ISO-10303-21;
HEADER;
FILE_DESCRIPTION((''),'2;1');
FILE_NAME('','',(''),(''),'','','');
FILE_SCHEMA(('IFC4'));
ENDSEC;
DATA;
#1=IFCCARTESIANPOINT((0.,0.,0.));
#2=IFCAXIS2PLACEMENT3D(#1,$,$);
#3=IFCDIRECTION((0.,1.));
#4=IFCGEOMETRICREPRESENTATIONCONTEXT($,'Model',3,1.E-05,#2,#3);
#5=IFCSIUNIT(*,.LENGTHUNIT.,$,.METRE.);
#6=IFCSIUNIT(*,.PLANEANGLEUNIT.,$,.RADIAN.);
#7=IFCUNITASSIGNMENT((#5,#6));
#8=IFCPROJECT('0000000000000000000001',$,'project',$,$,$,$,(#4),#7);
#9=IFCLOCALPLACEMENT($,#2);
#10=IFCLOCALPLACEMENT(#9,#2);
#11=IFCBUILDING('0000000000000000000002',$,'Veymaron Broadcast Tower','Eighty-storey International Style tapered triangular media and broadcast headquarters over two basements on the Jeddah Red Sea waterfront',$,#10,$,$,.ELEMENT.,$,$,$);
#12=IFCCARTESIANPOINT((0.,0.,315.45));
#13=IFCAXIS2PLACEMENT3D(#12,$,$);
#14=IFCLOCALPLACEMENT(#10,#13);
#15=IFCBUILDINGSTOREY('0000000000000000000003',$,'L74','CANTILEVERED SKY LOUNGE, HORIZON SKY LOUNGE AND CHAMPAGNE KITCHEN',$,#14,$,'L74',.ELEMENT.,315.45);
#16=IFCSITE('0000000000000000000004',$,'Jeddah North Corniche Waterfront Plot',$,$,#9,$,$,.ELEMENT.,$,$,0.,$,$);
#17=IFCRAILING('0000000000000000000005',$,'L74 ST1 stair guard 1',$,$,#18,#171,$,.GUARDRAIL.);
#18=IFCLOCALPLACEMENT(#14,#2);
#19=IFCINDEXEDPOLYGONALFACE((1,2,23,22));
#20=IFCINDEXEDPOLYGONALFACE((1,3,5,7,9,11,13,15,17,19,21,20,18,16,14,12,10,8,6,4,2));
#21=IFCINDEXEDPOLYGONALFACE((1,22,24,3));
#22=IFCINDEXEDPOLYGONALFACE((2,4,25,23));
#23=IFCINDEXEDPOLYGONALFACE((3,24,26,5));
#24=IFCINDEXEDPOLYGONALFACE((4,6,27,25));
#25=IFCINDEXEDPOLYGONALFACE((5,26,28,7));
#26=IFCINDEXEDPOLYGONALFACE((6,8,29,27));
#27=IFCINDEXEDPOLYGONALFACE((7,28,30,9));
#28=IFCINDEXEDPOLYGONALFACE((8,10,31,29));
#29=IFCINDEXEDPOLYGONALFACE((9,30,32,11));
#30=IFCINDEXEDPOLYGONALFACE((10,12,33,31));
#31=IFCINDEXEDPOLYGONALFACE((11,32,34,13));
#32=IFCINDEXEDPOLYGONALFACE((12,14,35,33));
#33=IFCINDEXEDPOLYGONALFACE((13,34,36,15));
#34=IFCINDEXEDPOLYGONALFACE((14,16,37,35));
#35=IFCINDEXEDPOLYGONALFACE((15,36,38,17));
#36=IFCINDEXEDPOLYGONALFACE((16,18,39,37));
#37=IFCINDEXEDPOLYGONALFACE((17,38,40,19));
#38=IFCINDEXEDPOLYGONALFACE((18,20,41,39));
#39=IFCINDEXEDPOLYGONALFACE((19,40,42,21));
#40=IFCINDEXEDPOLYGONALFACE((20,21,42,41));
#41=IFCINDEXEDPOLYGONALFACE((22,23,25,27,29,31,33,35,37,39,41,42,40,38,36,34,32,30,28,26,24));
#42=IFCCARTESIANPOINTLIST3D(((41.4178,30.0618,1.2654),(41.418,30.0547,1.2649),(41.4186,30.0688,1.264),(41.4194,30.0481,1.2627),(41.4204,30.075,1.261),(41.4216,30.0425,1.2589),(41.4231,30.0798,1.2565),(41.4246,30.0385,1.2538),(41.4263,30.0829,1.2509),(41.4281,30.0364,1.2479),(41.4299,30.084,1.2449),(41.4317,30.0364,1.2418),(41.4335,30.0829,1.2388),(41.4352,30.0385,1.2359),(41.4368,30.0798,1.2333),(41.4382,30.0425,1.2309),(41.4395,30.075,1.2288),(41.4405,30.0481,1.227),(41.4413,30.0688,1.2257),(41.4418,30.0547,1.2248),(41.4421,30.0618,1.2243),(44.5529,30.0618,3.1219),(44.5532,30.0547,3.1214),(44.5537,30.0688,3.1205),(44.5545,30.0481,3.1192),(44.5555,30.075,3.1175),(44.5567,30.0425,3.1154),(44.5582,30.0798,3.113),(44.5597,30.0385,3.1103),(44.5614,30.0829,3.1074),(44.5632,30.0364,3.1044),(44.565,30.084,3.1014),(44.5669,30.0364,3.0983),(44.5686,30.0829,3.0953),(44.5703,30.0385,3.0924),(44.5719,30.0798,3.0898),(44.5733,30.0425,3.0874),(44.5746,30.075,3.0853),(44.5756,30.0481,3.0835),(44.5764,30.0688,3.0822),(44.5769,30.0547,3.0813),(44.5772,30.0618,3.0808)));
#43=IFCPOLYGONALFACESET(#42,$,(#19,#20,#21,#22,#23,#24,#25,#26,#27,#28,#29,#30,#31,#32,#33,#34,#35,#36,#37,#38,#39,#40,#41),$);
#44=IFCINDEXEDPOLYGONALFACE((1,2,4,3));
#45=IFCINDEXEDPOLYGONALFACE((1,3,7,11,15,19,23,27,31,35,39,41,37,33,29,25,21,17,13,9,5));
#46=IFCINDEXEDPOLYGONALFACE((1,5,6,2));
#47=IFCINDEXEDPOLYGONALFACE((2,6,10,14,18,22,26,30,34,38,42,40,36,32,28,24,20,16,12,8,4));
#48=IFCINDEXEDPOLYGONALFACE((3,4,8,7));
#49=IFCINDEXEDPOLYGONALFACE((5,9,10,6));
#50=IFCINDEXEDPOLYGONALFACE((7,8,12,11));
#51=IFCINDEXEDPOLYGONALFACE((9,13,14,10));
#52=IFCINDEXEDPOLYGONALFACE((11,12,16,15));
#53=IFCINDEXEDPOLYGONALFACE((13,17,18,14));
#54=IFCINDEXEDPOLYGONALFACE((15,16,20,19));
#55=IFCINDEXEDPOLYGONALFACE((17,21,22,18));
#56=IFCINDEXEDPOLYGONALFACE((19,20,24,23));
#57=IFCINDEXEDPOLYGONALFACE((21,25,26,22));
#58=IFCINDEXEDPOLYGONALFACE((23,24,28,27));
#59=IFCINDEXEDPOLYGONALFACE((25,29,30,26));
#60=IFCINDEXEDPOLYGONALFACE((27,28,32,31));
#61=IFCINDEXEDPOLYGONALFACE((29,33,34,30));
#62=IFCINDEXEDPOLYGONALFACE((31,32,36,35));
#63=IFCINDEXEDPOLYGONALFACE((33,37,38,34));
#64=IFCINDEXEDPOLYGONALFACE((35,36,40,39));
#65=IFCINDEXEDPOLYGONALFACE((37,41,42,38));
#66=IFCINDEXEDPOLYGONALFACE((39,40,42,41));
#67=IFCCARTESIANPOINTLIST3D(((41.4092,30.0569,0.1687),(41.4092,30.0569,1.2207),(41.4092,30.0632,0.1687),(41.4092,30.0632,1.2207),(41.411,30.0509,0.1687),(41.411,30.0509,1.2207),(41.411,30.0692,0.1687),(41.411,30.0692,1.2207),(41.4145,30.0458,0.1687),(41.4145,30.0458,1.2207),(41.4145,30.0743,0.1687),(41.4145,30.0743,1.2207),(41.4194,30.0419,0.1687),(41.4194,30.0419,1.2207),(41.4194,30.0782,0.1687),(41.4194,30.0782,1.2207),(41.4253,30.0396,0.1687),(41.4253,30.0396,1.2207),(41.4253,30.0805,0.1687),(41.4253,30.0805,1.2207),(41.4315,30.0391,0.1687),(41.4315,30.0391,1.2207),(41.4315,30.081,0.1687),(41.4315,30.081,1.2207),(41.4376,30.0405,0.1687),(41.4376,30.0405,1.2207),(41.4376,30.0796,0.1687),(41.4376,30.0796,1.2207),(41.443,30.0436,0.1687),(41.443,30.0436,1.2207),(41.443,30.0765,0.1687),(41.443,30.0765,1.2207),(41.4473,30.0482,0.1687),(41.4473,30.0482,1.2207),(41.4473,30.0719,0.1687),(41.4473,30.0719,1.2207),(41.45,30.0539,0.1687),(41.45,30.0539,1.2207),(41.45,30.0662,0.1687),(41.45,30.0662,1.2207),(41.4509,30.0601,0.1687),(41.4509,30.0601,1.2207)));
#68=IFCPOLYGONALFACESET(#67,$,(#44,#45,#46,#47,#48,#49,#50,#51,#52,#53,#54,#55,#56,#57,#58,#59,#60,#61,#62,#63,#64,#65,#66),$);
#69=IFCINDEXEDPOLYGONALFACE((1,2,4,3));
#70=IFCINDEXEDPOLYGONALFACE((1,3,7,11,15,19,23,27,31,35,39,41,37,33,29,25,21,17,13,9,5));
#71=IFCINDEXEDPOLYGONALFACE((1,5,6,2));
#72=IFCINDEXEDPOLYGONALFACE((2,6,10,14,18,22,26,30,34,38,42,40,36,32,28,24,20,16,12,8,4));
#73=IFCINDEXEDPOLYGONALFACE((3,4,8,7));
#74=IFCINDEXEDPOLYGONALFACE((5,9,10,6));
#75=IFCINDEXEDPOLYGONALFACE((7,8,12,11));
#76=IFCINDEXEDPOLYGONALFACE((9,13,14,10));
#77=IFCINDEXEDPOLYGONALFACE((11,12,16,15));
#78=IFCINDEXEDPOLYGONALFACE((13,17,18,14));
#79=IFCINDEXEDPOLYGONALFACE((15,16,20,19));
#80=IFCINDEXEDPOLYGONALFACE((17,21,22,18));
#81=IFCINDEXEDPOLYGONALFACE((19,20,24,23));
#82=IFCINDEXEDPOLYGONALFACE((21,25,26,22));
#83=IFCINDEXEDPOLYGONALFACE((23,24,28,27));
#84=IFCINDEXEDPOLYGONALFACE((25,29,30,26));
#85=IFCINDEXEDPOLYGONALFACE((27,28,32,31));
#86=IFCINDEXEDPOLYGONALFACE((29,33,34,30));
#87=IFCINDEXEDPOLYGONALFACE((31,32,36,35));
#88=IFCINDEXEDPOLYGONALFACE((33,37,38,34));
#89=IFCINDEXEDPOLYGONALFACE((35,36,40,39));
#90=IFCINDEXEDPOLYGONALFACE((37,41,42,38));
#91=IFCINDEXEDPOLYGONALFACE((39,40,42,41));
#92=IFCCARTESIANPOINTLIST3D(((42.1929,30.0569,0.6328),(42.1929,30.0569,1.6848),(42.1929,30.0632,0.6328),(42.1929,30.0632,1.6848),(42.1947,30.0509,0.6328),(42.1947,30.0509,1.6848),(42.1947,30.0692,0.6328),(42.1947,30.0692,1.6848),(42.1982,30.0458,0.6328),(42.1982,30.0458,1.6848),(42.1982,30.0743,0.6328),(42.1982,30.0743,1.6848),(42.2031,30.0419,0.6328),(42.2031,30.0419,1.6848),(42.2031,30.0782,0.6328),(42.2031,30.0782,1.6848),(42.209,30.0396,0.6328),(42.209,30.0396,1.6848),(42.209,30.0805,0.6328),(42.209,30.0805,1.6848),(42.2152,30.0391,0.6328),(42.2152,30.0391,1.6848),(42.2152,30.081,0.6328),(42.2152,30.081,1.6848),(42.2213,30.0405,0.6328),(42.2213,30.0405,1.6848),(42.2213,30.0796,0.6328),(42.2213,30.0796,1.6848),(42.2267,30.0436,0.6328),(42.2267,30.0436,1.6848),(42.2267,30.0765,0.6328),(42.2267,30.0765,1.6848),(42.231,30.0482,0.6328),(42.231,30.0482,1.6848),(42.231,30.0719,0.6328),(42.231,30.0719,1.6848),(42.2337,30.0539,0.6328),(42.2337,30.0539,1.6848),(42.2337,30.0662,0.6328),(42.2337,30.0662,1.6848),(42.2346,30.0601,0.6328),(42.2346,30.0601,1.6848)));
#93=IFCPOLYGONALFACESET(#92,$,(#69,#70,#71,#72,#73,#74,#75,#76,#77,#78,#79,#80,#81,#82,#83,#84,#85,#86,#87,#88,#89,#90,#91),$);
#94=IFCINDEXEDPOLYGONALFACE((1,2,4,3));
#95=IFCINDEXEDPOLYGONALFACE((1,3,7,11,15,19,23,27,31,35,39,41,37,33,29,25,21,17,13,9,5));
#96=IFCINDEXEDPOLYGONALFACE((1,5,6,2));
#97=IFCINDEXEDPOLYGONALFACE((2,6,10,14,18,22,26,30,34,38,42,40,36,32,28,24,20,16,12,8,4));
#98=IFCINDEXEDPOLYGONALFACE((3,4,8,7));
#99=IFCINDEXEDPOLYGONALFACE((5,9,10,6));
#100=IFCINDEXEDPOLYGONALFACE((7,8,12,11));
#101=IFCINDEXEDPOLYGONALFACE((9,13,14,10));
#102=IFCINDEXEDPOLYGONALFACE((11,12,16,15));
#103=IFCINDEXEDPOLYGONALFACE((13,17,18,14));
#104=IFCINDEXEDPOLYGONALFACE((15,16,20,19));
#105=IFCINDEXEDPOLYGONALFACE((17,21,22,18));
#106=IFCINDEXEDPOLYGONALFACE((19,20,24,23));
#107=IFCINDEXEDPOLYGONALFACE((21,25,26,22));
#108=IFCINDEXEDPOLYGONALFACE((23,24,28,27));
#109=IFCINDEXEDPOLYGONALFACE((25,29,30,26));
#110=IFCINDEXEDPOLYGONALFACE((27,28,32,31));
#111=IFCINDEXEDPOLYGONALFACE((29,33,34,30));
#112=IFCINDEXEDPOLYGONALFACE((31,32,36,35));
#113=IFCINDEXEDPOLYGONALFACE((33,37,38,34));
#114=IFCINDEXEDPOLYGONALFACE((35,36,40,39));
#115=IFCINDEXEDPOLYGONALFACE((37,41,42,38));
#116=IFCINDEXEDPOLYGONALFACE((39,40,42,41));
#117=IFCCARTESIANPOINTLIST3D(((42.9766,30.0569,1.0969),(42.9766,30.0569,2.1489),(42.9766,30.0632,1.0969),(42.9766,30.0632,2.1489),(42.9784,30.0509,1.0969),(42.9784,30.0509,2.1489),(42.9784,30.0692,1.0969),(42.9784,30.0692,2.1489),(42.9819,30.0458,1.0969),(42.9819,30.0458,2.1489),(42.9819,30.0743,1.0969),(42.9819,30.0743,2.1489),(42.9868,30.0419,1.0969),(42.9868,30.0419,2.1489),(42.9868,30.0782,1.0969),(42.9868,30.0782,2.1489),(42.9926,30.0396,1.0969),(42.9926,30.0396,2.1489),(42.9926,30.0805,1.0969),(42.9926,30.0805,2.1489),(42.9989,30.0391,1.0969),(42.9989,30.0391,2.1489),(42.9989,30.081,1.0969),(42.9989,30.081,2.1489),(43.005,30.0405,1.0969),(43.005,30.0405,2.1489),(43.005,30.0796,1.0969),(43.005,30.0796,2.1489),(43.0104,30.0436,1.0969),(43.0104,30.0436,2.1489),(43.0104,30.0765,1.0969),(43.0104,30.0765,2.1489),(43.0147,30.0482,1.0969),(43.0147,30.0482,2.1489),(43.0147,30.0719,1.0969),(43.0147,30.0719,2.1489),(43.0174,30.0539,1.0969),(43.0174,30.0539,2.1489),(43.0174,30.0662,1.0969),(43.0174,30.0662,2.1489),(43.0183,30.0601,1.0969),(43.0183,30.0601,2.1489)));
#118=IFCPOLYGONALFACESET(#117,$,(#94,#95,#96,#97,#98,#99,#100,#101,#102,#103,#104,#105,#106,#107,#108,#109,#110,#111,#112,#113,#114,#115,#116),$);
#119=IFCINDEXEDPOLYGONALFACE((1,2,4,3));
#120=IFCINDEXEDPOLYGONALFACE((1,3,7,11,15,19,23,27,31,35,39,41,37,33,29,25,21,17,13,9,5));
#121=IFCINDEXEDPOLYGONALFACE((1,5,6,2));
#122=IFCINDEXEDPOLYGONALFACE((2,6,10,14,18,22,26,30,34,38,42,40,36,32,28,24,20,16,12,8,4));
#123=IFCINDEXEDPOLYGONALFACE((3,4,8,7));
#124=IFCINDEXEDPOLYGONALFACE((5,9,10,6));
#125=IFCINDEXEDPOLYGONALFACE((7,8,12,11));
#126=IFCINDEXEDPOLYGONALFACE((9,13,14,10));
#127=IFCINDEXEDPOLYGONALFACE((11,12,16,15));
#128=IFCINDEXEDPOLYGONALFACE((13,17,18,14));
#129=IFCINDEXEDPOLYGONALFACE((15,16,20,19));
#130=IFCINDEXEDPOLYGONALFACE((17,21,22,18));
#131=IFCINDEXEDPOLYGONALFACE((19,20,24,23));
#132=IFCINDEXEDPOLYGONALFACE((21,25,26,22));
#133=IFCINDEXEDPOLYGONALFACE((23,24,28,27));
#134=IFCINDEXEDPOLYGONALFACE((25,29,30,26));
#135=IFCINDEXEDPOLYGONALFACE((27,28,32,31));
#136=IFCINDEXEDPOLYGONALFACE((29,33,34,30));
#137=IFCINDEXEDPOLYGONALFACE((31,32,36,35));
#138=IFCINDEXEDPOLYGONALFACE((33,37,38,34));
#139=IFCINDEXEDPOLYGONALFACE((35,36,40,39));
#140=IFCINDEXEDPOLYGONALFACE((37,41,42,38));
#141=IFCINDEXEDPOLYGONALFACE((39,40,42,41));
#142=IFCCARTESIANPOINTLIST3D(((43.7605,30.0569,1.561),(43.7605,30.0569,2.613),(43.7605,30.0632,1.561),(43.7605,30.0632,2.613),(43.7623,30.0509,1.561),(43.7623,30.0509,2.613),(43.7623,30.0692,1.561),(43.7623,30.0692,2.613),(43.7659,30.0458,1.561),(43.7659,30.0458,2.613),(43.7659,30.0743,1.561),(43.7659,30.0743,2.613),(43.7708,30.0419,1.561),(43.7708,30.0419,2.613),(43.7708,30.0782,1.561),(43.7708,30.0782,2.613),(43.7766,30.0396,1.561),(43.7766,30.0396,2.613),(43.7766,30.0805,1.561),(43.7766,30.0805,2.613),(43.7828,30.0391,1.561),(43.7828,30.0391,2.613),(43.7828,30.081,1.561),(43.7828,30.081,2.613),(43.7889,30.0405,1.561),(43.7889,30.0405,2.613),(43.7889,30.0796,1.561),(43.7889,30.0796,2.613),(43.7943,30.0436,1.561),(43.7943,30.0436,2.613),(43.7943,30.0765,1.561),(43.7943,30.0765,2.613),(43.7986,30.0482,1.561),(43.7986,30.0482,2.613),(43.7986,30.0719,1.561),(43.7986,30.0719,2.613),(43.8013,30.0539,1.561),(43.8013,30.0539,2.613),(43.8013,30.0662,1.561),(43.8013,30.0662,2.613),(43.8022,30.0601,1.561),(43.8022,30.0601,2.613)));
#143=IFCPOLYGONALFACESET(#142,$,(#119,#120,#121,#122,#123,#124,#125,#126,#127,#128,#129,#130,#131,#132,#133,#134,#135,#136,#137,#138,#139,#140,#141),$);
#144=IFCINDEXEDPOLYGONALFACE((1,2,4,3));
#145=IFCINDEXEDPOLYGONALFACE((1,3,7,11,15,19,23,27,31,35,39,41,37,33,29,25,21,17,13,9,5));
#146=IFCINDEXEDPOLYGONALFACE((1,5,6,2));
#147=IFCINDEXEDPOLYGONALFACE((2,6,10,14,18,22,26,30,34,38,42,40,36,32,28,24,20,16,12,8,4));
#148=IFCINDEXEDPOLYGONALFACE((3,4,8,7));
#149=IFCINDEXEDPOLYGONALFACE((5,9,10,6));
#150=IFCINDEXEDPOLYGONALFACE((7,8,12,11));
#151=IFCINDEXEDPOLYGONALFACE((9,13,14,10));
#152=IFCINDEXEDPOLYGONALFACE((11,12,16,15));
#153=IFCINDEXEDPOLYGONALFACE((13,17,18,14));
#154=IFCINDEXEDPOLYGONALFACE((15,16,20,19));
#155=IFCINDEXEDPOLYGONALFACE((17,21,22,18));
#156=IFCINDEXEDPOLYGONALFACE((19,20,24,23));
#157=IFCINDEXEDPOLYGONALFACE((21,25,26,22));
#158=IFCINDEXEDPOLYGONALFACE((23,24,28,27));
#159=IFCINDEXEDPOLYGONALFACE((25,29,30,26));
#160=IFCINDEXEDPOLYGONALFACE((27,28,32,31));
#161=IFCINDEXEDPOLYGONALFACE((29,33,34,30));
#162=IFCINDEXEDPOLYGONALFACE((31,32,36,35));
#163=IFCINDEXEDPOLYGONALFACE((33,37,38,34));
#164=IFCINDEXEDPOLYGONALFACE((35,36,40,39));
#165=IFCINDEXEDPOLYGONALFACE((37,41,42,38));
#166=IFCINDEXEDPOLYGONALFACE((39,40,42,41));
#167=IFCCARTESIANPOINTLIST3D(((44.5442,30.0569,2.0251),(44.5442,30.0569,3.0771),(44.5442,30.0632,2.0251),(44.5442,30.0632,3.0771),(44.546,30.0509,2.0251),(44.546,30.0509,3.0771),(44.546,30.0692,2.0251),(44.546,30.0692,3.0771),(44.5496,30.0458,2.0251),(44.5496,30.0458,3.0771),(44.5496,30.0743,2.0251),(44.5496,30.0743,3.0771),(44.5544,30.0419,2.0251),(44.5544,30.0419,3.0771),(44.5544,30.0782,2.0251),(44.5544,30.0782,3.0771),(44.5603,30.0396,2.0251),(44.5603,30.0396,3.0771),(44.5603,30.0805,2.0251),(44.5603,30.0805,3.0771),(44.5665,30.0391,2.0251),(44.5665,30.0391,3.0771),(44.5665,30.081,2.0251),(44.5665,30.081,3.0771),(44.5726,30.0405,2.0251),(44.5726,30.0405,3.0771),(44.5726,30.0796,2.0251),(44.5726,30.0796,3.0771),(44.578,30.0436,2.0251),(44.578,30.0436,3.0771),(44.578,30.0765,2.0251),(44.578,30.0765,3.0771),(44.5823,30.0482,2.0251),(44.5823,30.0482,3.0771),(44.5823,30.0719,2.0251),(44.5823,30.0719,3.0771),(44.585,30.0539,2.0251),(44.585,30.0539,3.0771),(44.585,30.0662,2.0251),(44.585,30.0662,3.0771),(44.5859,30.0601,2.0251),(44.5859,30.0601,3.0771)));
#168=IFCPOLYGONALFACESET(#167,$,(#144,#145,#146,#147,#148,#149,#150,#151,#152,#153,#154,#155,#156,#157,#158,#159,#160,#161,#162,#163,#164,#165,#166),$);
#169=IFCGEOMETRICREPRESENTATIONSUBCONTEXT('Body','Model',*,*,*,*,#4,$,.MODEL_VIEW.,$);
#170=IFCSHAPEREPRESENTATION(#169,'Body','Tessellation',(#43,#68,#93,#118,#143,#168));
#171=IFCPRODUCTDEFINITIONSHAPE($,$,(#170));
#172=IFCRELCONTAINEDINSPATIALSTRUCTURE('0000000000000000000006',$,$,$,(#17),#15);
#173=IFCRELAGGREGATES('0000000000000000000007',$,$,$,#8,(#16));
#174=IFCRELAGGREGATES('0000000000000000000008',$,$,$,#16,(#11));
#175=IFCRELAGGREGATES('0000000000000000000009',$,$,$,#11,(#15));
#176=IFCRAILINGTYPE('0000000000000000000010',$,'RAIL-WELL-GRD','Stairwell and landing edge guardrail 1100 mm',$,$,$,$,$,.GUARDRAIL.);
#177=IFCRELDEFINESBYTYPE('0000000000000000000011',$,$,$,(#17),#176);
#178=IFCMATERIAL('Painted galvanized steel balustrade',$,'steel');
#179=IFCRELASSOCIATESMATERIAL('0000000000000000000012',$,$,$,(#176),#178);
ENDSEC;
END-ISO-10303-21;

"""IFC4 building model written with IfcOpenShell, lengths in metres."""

from ifc_helpers import new_model, si_unit, direction, frame, origin, origin_2d, place, context, subcontext, project, spatial, circle, extrude, material, type_object, element, save


model = new_model("IFC4")

# Units and contexts
model_context = context("Model", 3, precision=1e-05, world=origin(), true_north=direction((0.0, 1.0)))
body_context = subcontext(model_context, "Body", "Model", "MODEL_VIEW")
ifc_project = project(units=[si_unit("LENGTHUNIT", "METRE"), si_unit("PLANEANGLEUNIT", "RADIAN")], contexts=[model_context])

# Site, building, storey
site_placement = place(None, origin())
site = spatial("IfcSite", under=ifc_project, at=site_placement, Name="Jeddah North Corniche Waterfront Plot", CompositionType="ELEMENT", RefElevation=0.0)
building_placement = place(site_placement, origin())
building = spatial("IfcBuilding", under=site, at=building_placement, Name="Veymaron Broadcast Tower", Description="Eighty-storey International Style tapered triangular media and broadcast headquarters over two basements on the Jeddah Red Sea waterfront", CompositionType="ELEMENT")
storey_placement = place(building_placement, frame((0.0, 0.0, 315.45)))
storey = spatial("IfcBuildingStorey", under=building, at=storey_placement, Name="L74", Description="CANTILEVERED SKY LOUNGE, HORIZON SKY LOUNGE AND CHAMPAGNE KITCHEN", LongName="L74", CompositionType="ELEMENT", Elevation=315.45)

# Railing
ifc_material_1 = material(Name="Painted galvanized steel balustrade", Category="steel")
railing_type_1 = type_object("IfcRailingType", Name="RAIL-WELL-GRD", Description="Stairwell and landing edge guardrail 1100 mm", PredefinedType="GUARDRAIL", material=ifc_material_1)
railing_1_placement = place(storey_placement, frame((41.4299, 30.0601, 0.1687)))
element("IfcRailing", 1, at=railing_1_placement, inside=storey, type_object=railing_type_1, Name="L74 ST1 stair guard 1", PredefinedType="GUARDRAIL", context=body_context, shape_type="SweptSolid", body=[
    extrude(circle(Radius=0.0239, at=origin_2d()), frame((0.0, 0.0, 1.0762), z_axis=(0.860453, 0.0, 0.509531), x_axis=(0.0, 1.0, 0.0)), (0.0, 0.0, 1.0), 3.6436),
    extrude(circle(Radius=0.021, at=origin_2d()), origin(), (0.0, 0.0, 1.0), 1.052),
    extrude(circle(Radius=0.021, at=origin_2d()), frame((0.7837, 0.0, 0.4641)), (0.0, 0.0, 1.0), 1.052),
    extrude(circle(Radius=0.021, at=origin_2d()), frame((1.5674, 0.0, 0.9282)), (0.0, 0.0, 1.0), 1.052),
    extrude(circle(Radius=0.021, at=origin_2d()), frame((2.3513, 0.0, 1.3923)), (0.0, 0.0, 1.0), 1.052),
    extrude(circle(Radius=0.021, at=origin_2d()), frame((3.135, 0.0, 1.8564)), (0.0, 0.0, 1.0), 1.052),
])

save(model, "model.ifc")
